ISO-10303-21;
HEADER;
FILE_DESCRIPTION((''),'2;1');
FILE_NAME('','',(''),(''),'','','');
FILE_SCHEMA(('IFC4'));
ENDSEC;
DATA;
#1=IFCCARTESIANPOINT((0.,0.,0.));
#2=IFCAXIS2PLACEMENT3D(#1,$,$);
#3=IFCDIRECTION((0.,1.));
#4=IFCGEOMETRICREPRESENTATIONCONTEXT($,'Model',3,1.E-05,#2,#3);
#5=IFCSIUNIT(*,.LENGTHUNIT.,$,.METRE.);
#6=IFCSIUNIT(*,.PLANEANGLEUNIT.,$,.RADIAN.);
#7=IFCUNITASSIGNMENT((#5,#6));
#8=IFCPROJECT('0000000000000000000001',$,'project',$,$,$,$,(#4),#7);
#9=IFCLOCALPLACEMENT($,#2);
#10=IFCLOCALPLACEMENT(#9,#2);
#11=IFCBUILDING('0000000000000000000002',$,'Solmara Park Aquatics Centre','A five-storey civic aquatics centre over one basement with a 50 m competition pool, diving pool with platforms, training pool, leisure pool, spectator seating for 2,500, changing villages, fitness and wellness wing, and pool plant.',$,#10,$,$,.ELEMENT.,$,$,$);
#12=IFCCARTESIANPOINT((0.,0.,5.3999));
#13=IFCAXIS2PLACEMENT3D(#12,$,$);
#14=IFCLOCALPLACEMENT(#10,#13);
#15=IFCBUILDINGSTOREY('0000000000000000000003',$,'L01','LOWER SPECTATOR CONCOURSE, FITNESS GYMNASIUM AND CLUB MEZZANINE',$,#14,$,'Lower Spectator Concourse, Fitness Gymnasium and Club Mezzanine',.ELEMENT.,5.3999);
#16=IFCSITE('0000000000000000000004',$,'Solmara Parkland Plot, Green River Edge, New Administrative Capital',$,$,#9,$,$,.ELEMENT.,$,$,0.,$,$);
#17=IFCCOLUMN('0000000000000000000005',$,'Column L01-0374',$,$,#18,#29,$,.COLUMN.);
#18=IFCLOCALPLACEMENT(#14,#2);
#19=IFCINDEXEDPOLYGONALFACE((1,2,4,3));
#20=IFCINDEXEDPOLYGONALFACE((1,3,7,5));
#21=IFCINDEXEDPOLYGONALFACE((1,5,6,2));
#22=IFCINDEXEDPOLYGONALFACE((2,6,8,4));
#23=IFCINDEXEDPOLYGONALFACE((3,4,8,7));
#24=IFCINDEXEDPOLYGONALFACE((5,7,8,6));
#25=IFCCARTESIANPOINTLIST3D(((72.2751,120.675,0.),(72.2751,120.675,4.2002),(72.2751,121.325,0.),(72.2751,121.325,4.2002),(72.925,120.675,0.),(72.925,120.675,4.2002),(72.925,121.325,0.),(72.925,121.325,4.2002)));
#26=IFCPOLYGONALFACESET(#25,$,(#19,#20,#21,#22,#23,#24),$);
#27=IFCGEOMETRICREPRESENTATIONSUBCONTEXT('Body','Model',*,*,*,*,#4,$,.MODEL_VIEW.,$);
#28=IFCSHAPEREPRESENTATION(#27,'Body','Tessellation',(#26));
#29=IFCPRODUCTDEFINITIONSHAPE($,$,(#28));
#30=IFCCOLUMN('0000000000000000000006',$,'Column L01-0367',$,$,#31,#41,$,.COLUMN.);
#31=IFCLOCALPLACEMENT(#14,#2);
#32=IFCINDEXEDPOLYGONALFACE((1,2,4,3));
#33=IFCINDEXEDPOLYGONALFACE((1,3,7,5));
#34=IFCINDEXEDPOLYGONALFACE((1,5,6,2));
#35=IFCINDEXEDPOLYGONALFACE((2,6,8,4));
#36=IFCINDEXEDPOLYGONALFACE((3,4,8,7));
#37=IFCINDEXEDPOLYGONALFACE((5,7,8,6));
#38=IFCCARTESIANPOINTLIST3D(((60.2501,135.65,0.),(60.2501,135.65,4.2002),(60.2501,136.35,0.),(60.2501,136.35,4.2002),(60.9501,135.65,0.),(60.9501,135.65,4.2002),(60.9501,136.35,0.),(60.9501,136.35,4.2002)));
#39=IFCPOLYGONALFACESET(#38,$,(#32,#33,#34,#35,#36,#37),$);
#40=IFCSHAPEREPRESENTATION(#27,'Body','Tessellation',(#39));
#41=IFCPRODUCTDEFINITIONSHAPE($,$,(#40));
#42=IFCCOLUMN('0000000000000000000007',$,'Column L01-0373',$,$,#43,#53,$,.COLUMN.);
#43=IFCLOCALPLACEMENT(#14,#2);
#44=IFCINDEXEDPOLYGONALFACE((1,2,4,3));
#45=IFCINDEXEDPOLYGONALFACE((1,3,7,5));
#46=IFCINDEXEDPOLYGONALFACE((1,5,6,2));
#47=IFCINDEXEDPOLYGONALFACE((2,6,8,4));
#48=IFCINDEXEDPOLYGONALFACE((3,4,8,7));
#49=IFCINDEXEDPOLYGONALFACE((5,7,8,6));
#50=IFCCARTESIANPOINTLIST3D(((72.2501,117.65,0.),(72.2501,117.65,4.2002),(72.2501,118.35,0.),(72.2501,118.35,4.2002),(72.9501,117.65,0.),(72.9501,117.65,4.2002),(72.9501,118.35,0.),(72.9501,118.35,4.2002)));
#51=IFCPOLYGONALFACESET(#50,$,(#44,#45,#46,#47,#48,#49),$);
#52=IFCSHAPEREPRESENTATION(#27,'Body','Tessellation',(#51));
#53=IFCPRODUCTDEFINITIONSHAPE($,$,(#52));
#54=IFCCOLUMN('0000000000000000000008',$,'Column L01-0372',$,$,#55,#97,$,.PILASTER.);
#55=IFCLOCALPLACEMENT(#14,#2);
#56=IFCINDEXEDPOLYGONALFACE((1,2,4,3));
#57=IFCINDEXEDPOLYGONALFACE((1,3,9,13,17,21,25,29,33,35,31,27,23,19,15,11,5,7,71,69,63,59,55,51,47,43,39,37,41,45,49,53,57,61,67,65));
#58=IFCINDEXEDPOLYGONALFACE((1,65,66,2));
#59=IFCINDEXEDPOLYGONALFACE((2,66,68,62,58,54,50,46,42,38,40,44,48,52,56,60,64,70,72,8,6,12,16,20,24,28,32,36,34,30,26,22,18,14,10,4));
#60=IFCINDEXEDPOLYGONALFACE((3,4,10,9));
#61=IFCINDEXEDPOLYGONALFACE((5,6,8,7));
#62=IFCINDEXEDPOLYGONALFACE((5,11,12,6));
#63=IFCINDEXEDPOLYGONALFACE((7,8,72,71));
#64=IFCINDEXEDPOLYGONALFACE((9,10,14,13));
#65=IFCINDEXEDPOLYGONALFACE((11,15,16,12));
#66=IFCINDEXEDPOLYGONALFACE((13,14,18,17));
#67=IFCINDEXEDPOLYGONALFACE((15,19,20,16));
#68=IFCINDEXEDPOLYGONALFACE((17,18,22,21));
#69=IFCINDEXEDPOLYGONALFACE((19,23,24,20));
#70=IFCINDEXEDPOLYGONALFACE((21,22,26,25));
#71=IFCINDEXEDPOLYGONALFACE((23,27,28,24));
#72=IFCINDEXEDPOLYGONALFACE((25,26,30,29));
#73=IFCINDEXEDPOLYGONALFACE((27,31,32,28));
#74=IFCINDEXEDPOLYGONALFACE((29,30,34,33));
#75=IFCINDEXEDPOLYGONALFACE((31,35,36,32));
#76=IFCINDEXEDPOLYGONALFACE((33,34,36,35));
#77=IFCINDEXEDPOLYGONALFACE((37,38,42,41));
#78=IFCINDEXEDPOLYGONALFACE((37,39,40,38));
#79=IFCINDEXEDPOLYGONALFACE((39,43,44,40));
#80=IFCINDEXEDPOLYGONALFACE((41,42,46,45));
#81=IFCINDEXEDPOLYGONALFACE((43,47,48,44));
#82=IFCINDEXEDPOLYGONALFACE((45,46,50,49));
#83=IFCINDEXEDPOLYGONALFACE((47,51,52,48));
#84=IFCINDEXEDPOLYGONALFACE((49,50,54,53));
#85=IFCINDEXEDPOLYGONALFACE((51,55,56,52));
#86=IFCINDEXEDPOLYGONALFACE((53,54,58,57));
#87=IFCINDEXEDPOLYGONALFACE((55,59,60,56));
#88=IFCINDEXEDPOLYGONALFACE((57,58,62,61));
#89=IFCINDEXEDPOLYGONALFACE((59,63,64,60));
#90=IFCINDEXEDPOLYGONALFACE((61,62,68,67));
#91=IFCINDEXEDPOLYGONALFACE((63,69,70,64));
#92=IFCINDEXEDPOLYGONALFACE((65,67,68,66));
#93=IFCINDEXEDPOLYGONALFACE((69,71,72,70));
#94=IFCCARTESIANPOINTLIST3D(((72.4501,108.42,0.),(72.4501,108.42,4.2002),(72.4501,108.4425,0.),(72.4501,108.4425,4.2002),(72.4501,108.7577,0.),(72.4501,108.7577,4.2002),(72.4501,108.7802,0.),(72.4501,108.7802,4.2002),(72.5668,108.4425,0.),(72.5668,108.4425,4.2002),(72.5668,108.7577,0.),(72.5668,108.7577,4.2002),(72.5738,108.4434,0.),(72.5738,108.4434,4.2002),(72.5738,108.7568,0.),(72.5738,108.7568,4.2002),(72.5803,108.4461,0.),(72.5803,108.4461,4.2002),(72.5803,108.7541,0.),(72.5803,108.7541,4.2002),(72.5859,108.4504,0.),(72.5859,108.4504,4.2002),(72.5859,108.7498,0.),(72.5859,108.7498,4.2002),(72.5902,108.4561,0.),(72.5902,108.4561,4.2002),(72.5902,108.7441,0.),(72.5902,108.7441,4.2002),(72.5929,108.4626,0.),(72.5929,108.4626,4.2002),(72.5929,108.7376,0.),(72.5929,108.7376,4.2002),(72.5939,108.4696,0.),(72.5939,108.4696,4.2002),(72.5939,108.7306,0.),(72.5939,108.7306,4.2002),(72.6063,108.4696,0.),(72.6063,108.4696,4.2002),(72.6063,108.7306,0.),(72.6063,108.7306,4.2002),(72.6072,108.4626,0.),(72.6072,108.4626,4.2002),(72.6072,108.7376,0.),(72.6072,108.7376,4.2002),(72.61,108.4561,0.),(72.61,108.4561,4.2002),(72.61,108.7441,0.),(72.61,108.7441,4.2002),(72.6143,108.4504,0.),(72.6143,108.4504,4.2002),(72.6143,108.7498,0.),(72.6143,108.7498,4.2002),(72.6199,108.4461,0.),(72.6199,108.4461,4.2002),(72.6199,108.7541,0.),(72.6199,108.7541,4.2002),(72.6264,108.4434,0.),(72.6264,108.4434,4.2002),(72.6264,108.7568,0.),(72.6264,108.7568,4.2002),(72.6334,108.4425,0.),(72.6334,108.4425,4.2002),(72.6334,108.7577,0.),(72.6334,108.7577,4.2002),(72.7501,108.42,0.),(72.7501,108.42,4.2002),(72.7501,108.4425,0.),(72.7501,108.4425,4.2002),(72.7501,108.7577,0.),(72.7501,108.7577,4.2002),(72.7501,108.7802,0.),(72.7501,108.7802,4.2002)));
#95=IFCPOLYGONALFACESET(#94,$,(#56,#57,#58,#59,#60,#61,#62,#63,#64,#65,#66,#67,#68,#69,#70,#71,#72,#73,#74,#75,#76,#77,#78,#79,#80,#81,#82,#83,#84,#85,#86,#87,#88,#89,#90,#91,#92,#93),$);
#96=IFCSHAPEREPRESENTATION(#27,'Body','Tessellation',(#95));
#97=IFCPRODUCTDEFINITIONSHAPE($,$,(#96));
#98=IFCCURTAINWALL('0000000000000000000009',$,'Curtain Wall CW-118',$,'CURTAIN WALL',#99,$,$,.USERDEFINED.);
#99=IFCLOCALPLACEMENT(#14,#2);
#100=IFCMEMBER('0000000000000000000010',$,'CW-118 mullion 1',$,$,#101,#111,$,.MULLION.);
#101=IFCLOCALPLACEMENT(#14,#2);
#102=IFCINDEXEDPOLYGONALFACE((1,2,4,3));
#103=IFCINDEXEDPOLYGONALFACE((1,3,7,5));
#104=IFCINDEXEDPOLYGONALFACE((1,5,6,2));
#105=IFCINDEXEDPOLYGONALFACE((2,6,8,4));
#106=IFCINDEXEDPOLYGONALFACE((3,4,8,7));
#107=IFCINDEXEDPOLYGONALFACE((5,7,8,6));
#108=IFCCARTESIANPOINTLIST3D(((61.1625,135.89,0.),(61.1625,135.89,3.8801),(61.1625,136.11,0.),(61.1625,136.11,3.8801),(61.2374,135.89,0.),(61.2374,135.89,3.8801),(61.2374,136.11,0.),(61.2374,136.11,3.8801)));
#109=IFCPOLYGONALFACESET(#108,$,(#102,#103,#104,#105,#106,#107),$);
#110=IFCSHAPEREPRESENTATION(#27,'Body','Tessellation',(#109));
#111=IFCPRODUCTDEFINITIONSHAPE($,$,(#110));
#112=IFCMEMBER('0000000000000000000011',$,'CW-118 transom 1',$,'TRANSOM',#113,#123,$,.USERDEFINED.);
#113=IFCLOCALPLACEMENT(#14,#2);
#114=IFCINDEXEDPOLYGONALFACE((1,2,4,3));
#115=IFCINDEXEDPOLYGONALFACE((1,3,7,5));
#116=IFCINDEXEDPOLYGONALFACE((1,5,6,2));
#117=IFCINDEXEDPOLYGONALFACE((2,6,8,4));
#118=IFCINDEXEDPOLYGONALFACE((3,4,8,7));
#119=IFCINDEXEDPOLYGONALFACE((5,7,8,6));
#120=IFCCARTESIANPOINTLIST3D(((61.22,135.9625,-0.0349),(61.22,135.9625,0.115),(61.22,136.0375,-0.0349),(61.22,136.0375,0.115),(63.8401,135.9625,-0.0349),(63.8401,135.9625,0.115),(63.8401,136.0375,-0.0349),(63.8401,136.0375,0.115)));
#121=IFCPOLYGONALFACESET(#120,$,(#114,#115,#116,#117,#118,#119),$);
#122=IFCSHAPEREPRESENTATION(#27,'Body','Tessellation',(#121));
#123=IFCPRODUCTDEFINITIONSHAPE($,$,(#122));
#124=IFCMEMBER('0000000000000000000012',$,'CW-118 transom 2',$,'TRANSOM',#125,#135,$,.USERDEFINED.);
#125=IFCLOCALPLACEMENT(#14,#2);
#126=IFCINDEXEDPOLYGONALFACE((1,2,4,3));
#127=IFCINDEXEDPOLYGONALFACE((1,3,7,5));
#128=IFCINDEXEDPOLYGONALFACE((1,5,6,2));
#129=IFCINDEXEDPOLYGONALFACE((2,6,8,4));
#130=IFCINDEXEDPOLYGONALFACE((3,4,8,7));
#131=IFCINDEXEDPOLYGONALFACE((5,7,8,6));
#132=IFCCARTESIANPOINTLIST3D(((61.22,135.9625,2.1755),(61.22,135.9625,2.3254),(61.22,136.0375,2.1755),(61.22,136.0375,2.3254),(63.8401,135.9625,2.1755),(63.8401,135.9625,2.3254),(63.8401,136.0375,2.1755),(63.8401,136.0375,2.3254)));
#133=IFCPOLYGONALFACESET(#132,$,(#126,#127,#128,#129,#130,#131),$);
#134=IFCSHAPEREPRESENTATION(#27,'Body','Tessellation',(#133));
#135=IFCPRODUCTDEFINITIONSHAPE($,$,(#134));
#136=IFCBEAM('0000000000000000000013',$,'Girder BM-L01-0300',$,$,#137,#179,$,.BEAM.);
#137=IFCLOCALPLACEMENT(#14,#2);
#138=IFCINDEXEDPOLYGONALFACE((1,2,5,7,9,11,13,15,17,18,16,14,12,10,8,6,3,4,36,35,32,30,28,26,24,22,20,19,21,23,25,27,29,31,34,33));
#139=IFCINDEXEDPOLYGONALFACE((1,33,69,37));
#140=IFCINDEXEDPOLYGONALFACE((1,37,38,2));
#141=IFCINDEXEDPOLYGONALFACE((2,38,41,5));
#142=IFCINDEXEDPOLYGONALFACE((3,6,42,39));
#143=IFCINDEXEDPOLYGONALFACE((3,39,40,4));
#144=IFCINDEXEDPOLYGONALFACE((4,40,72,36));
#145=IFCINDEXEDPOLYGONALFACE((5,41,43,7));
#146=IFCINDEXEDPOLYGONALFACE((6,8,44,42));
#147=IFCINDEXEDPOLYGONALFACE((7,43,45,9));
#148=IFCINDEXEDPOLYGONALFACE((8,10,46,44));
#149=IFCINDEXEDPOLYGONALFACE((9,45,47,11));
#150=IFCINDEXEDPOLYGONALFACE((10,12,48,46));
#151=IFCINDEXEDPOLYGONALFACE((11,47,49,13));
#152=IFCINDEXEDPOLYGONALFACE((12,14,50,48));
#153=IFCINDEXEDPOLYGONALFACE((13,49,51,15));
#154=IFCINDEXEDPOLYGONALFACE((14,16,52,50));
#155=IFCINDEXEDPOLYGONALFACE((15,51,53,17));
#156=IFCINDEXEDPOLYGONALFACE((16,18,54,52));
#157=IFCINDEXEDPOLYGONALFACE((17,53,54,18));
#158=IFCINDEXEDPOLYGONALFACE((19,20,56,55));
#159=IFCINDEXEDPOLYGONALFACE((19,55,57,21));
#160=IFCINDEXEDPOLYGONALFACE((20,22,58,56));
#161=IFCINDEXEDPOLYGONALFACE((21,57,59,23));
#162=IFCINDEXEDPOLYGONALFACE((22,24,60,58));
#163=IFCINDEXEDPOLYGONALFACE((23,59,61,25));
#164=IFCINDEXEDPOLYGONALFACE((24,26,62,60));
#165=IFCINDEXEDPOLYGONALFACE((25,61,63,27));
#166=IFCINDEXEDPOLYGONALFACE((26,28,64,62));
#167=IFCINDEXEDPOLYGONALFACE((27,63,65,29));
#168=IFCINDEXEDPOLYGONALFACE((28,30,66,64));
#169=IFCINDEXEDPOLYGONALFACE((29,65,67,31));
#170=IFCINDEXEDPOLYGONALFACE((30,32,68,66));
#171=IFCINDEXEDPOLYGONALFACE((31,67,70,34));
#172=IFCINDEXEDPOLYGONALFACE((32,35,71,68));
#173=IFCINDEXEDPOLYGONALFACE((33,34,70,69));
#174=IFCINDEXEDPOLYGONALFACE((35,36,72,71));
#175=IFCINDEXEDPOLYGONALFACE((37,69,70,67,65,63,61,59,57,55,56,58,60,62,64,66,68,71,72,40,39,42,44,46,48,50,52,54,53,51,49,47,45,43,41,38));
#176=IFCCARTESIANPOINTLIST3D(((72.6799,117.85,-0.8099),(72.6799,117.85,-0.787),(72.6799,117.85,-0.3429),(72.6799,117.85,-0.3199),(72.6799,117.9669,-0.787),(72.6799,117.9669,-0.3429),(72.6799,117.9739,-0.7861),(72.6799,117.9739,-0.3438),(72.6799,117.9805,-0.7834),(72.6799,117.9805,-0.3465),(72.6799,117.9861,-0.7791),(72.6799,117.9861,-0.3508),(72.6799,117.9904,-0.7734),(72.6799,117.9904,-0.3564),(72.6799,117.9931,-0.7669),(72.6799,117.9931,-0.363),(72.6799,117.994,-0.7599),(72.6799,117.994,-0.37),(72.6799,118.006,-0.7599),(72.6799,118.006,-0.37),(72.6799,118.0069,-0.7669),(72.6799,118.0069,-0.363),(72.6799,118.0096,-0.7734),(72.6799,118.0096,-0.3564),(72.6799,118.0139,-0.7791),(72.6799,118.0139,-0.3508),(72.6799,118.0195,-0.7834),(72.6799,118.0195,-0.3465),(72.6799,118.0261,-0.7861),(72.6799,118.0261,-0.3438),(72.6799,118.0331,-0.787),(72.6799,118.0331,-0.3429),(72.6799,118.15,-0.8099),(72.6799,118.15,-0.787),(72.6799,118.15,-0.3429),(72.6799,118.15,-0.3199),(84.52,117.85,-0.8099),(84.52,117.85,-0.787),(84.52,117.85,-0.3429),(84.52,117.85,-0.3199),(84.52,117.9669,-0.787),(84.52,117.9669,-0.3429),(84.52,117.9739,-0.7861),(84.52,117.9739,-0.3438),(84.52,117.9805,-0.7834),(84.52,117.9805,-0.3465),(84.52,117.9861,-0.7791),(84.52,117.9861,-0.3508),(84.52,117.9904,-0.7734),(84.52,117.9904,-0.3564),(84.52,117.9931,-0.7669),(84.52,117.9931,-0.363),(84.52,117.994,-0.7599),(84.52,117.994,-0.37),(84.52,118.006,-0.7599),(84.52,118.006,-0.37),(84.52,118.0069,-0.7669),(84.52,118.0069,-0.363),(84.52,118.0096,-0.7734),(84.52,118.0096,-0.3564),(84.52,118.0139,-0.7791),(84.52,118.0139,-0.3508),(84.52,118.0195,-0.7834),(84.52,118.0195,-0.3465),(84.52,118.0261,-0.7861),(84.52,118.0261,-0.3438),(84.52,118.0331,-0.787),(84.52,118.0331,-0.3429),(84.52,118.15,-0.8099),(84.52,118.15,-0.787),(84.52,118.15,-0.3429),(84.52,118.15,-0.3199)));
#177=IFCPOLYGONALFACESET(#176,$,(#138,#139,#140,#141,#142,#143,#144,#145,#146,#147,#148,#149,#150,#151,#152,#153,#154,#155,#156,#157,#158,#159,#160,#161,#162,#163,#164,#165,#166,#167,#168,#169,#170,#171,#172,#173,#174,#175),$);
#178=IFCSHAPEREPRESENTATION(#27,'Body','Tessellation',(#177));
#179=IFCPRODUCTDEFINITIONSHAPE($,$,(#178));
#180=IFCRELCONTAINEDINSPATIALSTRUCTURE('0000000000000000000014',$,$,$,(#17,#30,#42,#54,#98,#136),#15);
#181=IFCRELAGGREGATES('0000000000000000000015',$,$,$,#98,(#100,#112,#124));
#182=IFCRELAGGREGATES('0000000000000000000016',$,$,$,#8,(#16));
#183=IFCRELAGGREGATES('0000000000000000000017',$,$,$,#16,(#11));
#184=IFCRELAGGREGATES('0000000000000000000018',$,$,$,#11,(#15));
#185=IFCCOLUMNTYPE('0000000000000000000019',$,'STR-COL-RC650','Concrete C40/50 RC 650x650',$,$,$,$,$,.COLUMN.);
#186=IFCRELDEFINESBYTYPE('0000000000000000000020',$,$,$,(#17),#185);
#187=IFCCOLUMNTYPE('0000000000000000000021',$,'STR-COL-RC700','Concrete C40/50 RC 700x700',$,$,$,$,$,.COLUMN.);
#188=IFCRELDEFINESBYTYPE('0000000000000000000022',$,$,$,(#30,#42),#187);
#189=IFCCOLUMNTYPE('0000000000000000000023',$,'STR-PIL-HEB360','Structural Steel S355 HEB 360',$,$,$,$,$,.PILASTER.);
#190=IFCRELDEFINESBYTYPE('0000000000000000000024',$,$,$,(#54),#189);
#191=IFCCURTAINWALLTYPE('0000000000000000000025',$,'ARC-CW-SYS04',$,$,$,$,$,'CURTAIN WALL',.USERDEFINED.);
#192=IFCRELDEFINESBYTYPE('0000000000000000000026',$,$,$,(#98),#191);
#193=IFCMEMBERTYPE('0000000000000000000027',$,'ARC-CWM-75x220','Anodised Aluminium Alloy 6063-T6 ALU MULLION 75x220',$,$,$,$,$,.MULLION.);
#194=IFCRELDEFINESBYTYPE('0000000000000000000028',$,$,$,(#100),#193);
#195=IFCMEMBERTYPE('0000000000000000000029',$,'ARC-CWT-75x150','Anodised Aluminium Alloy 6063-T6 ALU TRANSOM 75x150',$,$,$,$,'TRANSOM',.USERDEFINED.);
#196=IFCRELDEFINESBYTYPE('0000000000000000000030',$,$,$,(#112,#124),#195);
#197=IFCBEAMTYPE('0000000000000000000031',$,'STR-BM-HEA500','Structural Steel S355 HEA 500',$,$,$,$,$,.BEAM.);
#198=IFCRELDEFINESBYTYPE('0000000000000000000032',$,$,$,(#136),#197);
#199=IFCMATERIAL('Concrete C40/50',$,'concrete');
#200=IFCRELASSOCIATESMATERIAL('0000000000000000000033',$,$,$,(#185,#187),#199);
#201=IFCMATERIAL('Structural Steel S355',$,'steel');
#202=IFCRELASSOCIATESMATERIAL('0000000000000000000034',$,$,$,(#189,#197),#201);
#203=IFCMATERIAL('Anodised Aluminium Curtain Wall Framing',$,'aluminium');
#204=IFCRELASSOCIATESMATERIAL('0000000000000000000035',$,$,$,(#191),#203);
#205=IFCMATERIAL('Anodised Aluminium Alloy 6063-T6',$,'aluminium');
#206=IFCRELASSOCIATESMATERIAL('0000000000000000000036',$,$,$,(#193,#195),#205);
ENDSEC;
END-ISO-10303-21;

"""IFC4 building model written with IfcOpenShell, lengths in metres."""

from ifc_helpers import new_model, si_unit, direction, frame, origin, origin_2d, place, context, subcontext, project, spatial, rectangle, i_section, extrude, material, material_profile, profile_set, type_object, element, aggregate, save


model = new_model("IFC4")

# Units and contexts
model_context = context("Model", 3, precision=1e-05, world=origin(), true_north=direction((0.0, 1.0)))
body_context = subcontext(model_context, "Body", "Model", "MODEL_VIEW")
ifc_project = project(units=[si_unit("LENGTHUNIT", "METRE"), si_unit("PLANEANGLEUNIT", "RADIAN")], contexts=[model_context])

# Site, building, storey
site_placement = place(None, origin())
site = spatial("IfcSite", under=ifc_project, at=site_placement, Name="Solmara Parkland Plot, Green River Edge, New Administrative Capital", CompositionType="ELEMENT", RefElevation=0.0)
building_placement = place(site_placement, origin())
building = spatial("IfcBuilding", under=site, at=building_placement, Name="Solmara Park Aquatics Centre", Description="A five-storey civic aquatics centre over one basement with a 50 m competition pool, diving pool with platforms, training pool, leisure pool, spectator seating for 2,500, changing villages, fitness and wellness wing, and pool plant.", CompositionType="ELEMENT")
storey_placement = place(building_placement, frame((0.0, 0.0, 5.3999)))
storey = spatial("IfcBuildingStorey", under=building, at=storey_placement, Name="L01", Description="LOWER SPECTATOR CONCOURSE, FITNESS GYMNASIUM AND CLUB MEZZANINE", LongName="Lower Spectator Concourse, Fitness Gymnasium and Club Mezzanine", CompositionType="ELEMENT", Elevation=5.3999)

# Columns
ifc_material_1 = material(Name="Concrete C40/50", Category="concrete")
ifc_material_profile_1 = material_profile(ifc_material_1, rectangle(XDim=0.6499, YDim=0.6499, at=origin_2d()), Name="RC 650x650")
ifc_profile_set_1 = profile_set([ifc_material_profile_1], Name="Concrete C40/50")
column_type_1 = type_object("IfcColumnType", Name="STR-COL-RC650", Description="Concrete C40/50 RC 650x650", PredefinedType="COLUMN", material=ifc_profile_set_1)
column_1_placement = place(storey_placement, frame((72.6001, 121.0, 0.0), z_axis=(0.0, 0.0, 1.0), x_axis=(1.0, 0.0, 0.0)))
element("IfcColumn", 1, at=column_1_placement, inside=storey, type_object=column_type_1, Name="Column L01-0374", PredefinedType="COLUMN", context=body_context, shape_type="SweptSolid", body=[
    extrude(rectangle(XDim=0.6499, YDim=0.6499, at=origin_2d()), origin(), (0.0, 0.0, 1.0), 4.2002),
])
ifc_material_profile_2 = material_profile(ifc_material_1, rectangle(XDim=0.7, YDim=0.7, at=origin_2d()), Name="RC 700x700")
ifc_profile_set_2 = profile_set([ifc_material_profile_2], Name="Concrete C40/50")
column_type_2 = type_object("IfcColumnType", Name="STR-COL-RC700", Description="Concrete C40/50 RC 700x700", PredefinedType="COLUMN", material=ifc_profile_set_2)
for number, where, z_axis, x_axis, name in (
    (2, (60.6001, 136.0, 0.0), (0.0, 0.0, 1.0), (1.0, 0.0, 0.0), "Column L01-0367"),
    (3, (72.6001, 118.0, 0.0), (0.0, 0.0, 1.0), (1.0, 0.0, 0.0), "Column L01-0373"),
):
    element("IfcColumn", number, at=place(storey_placement, frame(where, z_axis=z_axis, x_axis=x_axis)), inside=storey, type_object=column_type_2, Name=name, PredefinedType="COLUMN", context=body_context, shape_type="SweptSolid", body=[
        extrude(rectangle(XDim=0.7, YDim=0.7, at=origin_2d()), origin(), (0.0, 0.0, 1.0), 4.2002),
    ])
ifc_material_2 = material(Name="Structural Steel S355", Category="steel")
ifc_material_profile_3 = material_profile(ifc_material_2, i_section(OverallWidth=0.3, OverallDepth=0.3601, WebThickness=0.0125, FlangeThickness=0.0225, FilletRadius=0.0271, at=origin_2d()), Name="HEB 360")
ifc_profile_set_3 = profile_set([ifc_material_profile_3], Name="Structural Steel S355")
column_type_3 = type_object("IfcColumnType", Name="STR-PIL-HEB360", Description="Structural Steel S355 HEB 360", PredefinedType="PILASTER", material=ifc_profile_set_3)
column_2_placement = place(storey_placement, frame((72.6001, 108.6001, 0.0), z_axis=(0.0, 0.0, 1.0), x_axis=(1.0, 0.0, 0.0)))
element("IfcColumn", 4, at=column_2_placement, inside=storey, type_object=column_type_3, Name="Column L01-0372", PredefinedType="PILASTER", context=body_context, shape_type="SweptSolid", body=[
    extrude(i_section(OverallWidth=0.3, OverallDepth=0.3601, WebThickness=0.0125, FlangeThickness=0.0225, FilletRadius=0.0271, at=origin_2d()), origin(), (0.0, 0.0, 1.0), 4.2002),
])

# Curtain wall, members
ifc_material_3 = material(Name="Anodised Aluminium Curtain Wall Framing", Category="aluminium")
curtain_wall_type = type_object("IfcCurtainWallType", Name="ARC-CW-SYS04", ElementType="CURTAIN WALL", PredefinedType="USERDEFINED", material=ifc_material_3)
curtain_wall_placement = place(storey_placement, origin())
curtain_wall = element("IfcCurtainWall", 5, at=curtain_wall_placement, inside=storey, type_object=curtain_wall_type, Name="Curtain Wall CW-118", ObjectType="CURTAIN WALL", PredefinedType="USERDEFINED")
ifc_material_4 = material(Name="Anodised Aluminium Alloy 6063-T6", Category="aluminium")
ifc_material_profile_4 = material_profile(ifc_material_4, rectangle(XDim=0.075, YDim=0.22, at=origin_2d()), Name="ALU MULLION 75x220")
ifc_profile_set_4 = profile_set([ifc_material_profile_4], Name="Anodised Aluminium Alloy 6063-T6")
member_type_1 = type_object("IfcMemberType", Name="ARC-CWM-75x220", Description="Anodised Aluminium Alloy 6063-T6 ALU MULLION 75x220", PredefinedType="MULLION", material=ifc_profile_set_4)
member_1_placement = place(storey_placement, frame((61.2, 136.0, 0.0), z_axis=(0.0, 0.0, 1.0), x_axis=(1.0, 0.0, 0.0)))
member_1 = element("IfcMember", 6, at=member_1_placement, type_object=member_type_1, Name="CW-118 mullion 1", PredefinedType="MULLION", context=body_context, shape_type="SweptSolid", body=[
    extrude(rectangle(XDim=0.075, YDim=0.22, at=origin_2d()), origin(), (0.0, 0.0, 1.0), 3.8801),
])
ifc_material_profile_5 = material_profile(ifc_material_4, rectangle(XDim=0.075, YDim=0.1499, at=origin_2d()), Name="ALU TRANSOM 75x150")
ifc_profile_set_5 = profile_set([ifc_material_profile_5], Name="Anodised Aluminium Alloy 6063-T6")
member_type_2 = type_object("IfcMemberType", Name="ARC-CWT-75x150", Description="Anodised Aluminium Alloy 6063-T6 ALU TRANSOM 75x150", ElementType="TRANSOM", PredefinedType="USERDEFINED", material=ifc_profile_set_5)
member_2_placement = place(storey_placement, frame((61.22, 136.0, 0.04), z_axis=(1.0, 0.0, 0.0), x_axis=(0.0, 1.0, 0.0)))
member_2 = element("IfcMember", 7, at=member_2_placement, type_object=member_type_2, Name="CW-118 transom 1", ObjectType="TRANSOM", PredefinedType="USERDEFINED", context=body_context, shape_type="SweptSolid", body=[
    extrude(rectangle(XDim=0.075, YDim=0.1499, at=origin_2d()), origin(), (0.0, 0.0, 1.0), 2.6201),
])
member_3_placement = place(storey_placement, frame((61.22, 136.0, 2.2505), z_axis=(1.0, 0.0, 0.0), x_axis=(0.0, 1.0, 0.0)))
member_3 = element("IfcMember", 8, at=member_3_placement, type_object=member_type_2, Name="CW-118 transom 2", ObjectType="TRANSOM", PredefinedType="USERDEFINED", context=body_context, shape_type="SweptSolid", body=[
    extrude(rectangle(XDim=0.075, YDim=0.1499, at=origin_2d()), origin(), (0.0, 0.0, 1.0), 2.6201),
])
aggregate(curtain_wall, [member_1, member_2, member_3])

# Beam
ifc_material_profile_6 = material_profile(ifc_material_2, i_section(OverallWidth=0.3, OverallDepth=0.49, WebThickness=0.012, FlangeThickness=0.0229, FilletRadius=0.0271, at=origin_2d()), Name="HEA 500")
ifc_profile_set_6 = profile_set([ifc_material_profile_6], Name="Structural Steel S355")
beam_type_1 = type_object("IfcBeamType", Name="STR-BM-HEA500", Description="Structural Steel S355 HEA 500", PredefinedType="BEAM", material=ifc_profile_set_6)
beam_1_placement = place(storey_placement, frame((72.6799, 118.0, -0.5649), z_axis=(1.0, 0.0, 0.0), x_axis=(0.0, 1.0, 0.0)))
element("IfcBeam", 9, at=beam_1_placement, inside=storey, type_object=beam_type_1, Name="Girder BM-L01-0300", PredefinedType="BEAM", context=body_context, shape_type="SweptSolid", body=[
    extrude(i_section(OverallWidth=0.3, OverallDepth=0.49, WebThickness=0.012, FlangeThickness=0.0229, FilletRadius=0.0271, at=origin_2d()), origin(), (0.0, 0.0, 1.0), 11.8401),
])

save(model, "model.ifc")
